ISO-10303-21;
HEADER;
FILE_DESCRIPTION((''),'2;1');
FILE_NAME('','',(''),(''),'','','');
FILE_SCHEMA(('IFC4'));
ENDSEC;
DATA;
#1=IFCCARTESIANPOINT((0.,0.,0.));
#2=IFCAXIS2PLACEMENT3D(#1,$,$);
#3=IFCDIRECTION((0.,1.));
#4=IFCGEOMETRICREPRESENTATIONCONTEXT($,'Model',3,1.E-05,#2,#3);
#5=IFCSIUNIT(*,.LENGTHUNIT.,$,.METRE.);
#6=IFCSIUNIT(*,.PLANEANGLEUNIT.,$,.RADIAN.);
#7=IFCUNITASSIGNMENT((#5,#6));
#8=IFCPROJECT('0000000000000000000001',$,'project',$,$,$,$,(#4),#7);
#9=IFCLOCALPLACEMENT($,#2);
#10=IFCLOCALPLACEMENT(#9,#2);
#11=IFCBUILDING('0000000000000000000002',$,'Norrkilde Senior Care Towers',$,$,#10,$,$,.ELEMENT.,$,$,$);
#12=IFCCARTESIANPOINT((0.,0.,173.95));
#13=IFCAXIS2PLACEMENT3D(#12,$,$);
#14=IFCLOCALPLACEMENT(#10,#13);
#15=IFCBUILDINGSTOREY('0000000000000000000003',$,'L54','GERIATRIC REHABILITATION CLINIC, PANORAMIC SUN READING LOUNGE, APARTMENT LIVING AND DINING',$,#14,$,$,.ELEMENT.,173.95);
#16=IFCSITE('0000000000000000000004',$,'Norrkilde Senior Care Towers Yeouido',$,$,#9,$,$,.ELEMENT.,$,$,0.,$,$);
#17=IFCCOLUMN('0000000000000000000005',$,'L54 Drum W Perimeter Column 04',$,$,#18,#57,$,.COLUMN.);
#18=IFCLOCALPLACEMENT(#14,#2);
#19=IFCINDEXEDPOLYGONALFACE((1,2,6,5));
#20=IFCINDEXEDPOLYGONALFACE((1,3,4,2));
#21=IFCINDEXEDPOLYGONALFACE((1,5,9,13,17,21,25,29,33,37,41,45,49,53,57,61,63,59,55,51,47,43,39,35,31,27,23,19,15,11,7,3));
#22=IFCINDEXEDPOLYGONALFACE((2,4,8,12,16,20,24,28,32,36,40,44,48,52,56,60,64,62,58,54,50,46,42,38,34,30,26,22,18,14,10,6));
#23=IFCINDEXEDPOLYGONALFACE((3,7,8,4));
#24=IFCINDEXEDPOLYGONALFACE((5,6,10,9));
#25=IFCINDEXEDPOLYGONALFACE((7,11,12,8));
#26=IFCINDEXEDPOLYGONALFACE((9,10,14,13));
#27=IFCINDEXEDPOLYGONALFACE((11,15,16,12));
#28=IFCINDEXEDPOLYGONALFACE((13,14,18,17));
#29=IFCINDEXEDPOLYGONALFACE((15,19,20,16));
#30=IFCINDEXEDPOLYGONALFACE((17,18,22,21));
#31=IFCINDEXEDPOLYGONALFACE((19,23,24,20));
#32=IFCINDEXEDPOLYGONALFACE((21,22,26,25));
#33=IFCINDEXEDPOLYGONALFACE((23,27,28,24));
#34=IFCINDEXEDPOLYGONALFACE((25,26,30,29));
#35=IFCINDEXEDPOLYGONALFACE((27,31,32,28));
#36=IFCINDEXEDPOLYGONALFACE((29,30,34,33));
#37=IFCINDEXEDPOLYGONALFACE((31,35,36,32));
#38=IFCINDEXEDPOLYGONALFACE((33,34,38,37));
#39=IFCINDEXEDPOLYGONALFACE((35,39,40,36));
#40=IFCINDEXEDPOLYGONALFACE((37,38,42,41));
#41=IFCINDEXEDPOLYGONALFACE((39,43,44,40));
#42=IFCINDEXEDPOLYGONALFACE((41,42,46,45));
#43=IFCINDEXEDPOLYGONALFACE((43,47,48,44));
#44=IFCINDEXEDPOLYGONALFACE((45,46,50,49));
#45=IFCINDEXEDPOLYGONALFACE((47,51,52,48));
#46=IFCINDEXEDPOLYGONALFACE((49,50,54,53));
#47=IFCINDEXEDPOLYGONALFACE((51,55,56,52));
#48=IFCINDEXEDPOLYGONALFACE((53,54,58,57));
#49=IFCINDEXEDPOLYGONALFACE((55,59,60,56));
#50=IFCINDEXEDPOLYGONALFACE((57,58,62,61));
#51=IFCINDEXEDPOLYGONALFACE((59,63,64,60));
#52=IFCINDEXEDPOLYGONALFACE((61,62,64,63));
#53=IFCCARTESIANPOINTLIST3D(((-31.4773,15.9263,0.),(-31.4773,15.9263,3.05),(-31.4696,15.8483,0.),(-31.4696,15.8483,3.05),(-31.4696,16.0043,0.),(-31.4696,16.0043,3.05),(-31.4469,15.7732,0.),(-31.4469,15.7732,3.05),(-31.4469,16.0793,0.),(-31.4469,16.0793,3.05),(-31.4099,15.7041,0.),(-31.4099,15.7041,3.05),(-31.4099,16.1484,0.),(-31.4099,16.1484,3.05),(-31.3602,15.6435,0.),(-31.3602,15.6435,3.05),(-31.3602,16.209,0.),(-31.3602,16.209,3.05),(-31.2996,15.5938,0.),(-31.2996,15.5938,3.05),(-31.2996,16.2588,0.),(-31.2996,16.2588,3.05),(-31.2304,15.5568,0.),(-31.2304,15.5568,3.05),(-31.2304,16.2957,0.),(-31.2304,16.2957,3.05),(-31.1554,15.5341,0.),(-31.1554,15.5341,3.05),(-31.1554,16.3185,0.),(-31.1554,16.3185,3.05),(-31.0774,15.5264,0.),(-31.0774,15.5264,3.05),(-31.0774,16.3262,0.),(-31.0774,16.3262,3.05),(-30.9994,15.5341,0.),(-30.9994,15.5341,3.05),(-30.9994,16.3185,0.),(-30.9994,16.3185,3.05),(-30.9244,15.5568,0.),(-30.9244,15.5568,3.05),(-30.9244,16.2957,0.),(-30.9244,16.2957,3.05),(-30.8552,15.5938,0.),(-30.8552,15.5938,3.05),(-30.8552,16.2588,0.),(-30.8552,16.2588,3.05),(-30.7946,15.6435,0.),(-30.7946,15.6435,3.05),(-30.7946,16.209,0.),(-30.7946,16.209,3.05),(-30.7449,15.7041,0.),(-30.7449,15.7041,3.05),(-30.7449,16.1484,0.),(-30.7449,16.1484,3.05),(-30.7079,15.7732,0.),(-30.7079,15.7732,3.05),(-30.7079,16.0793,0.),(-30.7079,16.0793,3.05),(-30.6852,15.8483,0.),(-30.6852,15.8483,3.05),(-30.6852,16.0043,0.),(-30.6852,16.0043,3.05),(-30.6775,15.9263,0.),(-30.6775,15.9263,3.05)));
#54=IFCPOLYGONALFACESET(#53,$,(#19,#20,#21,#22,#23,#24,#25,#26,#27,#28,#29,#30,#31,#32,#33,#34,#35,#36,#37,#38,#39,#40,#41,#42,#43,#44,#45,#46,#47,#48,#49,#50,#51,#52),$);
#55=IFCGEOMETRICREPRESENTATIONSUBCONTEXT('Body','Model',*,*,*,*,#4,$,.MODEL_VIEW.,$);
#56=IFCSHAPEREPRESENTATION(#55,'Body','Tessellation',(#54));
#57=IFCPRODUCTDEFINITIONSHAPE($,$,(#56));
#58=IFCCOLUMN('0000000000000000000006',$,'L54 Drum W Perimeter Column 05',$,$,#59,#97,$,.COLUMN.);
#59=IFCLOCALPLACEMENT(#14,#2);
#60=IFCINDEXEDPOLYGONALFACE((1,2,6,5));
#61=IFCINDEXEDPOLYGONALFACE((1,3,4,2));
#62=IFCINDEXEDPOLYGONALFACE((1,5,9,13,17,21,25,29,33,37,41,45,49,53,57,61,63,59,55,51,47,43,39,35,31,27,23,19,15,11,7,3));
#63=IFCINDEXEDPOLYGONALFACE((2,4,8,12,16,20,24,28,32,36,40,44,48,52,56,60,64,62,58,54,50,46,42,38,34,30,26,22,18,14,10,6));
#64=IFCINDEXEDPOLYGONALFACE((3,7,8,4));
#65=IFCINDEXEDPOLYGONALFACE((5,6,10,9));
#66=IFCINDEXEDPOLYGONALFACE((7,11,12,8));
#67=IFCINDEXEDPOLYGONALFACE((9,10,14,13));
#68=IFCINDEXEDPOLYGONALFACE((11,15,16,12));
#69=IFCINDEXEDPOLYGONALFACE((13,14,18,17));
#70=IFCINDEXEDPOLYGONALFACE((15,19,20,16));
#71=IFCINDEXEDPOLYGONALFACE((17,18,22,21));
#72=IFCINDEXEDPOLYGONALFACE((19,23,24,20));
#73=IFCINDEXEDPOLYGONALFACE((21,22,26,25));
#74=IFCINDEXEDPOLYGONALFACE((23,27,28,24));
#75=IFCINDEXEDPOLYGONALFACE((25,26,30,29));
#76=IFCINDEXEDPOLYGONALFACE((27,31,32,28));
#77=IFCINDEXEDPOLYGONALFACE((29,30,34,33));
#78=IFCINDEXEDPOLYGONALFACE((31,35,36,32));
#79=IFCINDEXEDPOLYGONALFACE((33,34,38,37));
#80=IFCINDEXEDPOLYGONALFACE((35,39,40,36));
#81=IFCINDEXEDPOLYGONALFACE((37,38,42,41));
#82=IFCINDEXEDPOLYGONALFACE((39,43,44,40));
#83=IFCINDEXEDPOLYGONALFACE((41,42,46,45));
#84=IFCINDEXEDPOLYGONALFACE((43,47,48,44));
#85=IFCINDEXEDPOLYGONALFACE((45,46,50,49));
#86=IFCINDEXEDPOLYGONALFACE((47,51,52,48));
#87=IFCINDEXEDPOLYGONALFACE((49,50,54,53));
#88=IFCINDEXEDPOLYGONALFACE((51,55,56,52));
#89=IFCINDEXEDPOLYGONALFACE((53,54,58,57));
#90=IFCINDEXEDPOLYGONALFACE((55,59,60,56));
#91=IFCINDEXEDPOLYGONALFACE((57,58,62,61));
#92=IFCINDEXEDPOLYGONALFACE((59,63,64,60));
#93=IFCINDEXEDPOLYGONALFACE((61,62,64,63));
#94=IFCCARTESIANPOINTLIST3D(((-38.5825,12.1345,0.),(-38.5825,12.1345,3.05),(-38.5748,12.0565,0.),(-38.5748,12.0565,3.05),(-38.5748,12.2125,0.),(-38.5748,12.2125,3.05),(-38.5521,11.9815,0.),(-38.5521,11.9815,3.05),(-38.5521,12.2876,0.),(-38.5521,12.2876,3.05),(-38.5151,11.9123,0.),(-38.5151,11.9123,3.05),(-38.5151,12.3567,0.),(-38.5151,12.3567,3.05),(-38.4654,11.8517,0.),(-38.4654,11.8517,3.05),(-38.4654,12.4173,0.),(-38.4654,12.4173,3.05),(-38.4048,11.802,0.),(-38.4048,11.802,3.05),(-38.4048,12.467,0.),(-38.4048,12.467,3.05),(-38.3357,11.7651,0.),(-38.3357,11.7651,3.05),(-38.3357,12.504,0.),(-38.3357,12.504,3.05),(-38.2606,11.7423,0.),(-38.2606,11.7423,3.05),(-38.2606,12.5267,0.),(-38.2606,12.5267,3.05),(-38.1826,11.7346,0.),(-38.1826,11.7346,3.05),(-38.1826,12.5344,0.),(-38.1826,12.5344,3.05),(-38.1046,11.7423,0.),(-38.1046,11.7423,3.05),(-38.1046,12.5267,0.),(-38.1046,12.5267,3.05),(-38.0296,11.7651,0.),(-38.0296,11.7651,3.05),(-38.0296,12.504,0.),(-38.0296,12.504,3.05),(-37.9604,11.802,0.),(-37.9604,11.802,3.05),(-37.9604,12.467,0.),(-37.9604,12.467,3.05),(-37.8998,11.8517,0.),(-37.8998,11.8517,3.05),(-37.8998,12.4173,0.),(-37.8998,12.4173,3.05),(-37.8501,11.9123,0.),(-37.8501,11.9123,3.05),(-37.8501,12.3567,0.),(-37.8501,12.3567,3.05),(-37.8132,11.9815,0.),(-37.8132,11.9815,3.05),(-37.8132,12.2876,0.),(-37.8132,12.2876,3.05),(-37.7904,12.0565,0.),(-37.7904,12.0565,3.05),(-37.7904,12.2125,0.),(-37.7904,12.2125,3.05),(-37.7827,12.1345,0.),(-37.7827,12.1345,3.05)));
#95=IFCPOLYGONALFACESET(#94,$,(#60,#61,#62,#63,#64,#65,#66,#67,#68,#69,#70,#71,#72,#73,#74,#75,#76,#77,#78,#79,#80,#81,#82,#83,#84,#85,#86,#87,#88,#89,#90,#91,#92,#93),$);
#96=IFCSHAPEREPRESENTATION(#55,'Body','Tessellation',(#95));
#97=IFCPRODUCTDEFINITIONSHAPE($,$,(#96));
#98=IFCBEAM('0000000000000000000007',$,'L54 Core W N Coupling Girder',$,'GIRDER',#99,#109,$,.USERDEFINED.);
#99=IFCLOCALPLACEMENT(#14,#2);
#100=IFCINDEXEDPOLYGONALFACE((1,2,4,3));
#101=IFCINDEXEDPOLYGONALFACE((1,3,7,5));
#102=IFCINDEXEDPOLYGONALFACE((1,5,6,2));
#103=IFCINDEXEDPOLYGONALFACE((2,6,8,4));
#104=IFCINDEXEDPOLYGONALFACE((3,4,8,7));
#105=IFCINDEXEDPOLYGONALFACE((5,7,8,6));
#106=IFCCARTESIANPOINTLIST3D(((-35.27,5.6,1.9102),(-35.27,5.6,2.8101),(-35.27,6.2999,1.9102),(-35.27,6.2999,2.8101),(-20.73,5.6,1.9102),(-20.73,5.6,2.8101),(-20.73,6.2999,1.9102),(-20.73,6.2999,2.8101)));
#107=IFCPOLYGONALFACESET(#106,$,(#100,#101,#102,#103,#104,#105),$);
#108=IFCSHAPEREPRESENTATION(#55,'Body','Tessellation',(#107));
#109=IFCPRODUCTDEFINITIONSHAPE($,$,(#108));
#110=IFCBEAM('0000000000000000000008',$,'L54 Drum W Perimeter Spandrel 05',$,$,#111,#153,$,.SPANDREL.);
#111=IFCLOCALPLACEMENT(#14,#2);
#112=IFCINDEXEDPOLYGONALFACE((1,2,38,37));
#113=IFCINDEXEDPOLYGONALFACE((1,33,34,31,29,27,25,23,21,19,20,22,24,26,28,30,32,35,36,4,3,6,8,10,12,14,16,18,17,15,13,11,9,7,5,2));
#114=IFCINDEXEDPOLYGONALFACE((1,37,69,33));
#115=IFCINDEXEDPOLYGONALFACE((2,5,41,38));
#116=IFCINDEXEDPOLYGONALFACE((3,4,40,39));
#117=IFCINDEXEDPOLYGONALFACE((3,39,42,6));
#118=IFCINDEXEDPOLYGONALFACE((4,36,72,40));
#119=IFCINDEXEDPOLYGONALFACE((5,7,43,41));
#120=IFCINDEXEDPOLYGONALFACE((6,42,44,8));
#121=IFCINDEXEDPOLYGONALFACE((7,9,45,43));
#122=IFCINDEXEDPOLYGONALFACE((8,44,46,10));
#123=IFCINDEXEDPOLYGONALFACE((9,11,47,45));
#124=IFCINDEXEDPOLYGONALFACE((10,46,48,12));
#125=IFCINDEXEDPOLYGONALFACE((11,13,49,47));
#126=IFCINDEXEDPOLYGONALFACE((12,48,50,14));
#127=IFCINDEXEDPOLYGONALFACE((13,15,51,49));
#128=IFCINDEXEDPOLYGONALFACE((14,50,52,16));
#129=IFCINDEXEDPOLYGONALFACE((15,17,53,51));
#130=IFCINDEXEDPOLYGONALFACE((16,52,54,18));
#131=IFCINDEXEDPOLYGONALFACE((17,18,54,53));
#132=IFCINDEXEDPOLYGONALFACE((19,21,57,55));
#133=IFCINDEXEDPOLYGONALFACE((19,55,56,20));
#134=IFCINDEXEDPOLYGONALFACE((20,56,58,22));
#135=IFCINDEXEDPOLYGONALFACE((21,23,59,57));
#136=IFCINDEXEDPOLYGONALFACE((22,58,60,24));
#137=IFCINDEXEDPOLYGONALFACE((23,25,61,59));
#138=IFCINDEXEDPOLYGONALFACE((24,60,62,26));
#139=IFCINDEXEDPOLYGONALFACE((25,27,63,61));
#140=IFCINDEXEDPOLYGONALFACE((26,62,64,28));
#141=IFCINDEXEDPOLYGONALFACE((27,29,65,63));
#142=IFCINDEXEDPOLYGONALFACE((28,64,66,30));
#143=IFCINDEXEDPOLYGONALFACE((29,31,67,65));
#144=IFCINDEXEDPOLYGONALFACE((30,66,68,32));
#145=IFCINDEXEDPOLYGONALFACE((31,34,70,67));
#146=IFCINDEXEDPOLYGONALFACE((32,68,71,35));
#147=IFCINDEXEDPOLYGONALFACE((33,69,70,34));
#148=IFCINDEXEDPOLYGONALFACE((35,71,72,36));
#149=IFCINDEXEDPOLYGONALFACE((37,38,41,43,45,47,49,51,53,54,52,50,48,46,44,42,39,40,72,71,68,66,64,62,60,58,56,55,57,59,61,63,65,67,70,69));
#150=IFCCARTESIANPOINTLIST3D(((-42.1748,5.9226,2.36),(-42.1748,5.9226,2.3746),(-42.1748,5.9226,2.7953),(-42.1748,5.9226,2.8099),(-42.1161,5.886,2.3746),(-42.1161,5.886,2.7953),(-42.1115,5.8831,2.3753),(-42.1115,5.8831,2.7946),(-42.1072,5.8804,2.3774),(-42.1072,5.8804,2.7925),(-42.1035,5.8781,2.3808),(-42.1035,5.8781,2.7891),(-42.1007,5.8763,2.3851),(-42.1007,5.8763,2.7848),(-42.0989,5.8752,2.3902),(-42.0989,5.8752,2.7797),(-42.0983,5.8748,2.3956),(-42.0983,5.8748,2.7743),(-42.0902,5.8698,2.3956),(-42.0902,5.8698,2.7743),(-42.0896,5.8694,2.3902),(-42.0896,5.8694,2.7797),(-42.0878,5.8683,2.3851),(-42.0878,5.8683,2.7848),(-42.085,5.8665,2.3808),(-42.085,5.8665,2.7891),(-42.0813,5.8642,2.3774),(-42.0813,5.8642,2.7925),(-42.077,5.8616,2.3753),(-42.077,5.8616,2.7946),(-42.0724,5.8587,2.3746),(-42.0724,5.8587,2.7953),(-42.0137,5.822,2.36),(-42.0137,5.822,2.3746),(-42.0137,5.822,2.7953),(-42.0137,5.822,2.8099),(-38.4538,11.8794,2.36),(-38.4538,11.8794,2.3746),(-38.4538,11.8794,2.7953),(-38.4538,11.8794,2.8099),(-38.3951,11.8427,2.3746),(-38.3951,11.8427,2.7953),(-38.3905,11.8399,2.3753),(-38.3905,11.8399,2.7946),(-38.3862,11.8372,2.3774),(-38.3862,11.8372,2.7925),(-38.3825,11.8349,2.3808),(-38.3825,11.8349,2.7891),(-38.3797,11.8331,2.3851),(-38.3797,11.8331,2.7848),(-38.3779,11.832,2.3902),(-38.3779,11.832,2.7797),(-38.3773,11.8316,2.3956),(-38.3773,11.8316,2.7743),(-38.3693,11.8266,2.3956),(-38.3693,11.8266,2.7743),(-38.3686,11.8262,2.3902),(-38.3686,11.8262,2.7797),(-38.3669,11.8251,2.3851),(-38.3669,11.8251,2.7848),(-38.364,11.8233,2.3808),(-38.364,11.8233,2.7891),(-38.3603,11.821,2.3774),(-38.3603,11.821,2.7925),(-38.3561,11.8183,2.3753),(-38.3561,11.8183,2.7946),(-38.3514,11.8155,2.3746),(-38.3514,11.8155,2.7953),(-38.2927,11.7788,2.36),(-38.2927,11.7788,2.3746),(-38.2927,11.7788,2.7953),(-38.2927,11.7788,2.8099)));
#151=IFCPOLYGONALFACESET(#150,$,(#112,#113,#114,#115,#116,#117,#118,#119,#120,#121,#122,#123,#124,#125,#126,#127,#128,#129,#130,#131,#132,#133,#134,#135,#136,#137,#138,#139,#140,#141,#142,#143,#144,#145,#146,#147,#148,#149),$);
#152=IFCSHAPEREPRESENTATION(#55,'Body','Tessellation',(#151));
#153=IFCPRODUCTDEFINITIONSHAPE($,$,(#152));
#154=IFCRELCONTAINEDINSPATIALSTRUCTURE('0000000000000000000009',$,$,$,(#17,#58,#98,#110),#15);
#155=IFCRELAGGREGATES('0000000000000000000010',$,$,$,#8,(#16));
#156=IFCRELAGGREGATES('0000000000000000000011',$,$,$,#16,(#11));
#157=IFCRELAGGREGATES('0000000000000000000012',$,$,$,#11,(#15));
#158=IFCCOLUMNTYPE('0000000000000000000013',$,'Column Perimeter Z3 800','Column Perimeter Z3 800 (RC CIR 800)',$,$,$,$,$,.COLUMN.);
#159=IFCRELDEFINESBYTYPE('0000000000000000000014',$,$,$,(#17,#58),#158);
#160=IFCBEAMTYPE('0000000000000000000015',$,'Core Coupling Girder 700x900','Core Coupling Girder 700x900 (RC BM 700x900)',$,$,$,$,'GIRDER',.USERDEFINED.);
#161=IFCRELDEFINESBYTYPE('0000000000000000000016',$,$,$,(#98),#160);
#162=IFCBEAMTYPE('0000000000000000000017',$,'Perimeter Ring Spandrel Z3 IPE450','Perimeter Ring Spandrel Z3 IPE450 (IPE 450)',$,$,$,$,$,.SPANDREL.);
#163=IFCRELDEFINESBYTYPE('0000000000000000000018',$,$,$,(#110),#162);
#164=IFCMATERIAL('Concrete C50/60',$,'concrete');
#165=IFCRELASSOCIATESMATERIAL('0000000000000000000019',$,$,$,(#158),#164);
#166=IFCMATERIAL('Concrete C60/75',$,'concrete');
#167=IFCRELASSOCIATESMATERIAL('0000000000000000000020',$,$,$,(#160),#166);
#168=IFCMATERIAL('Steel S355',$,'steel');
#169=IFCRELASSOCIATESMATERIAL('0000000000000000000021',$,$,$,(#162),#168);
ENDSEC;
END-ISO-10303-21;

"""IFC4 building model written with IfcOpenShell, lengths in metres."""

from ifc_helpers import new_model, si_unit, direction, frame, origin, origin_2d, place, context, subcontext, project, spatial, rectangle, circle, i_section, extrude, source, transform, mapped, material, material_profile, profile_set, type_object, type_shapes, element, save


model = new_model("IFC4")

# Units and contexts
model_context = context("Model", 3, precision=1e-05, world=origin(), true_north=direction((0.0, 1.0)))
body_context = subcontext(model_context, "Body", "Model", "MODEL_VIEW")
ifc_project = project(units=[si_unit("LENGTHUNIT", "METRE"), si_unit("PLANEANGLEUNIT", "RADIAN")], contexts=[model_context])

# Site, building, storey
site_placement = place(None, origin())
site = spatial("IfcSite", under=ifc_project, at=site_placement, Name="Norrkilde Senior Care Towers Yeouido", CompositionType="ELEMENT", RefElevation=0.0)
building_placement = place(site_placement, origin())
building = spatial("IfcBuilding", under=site, at=building_placement, Name="Norrkilde Senior Care Towers", CompositionType="ELEMENT")
storey_placement = place(building_placement, frame((0.0, 0.0, 173.95)))
storey = spatial("IfcBuildingStorey", under=building, at=storey_placement, Name="L54", Description="GERIATRIC REHABILITATION CLINIC, PANORAMIC SUN READING LOUNGE, APARTMENT LIVING AND DINING", CompositionType="ELEMENT", Elevation=173.95)

# Columns
ifc_material_1 = material(Name="Concrete C50/60", Category="concrete")
ifc_material_profile_1 = material_profile(ifc_material_1, circle(Radius=0.3999, at=origin_2d()), Name="RC CIR 800")
ifc_profile_set_1 = profile_set([ifc_material_profile_1], Name="Concrete C50/60")
column_type = type_object("IfcColumnType", Name="Column Perimeter Z3 800", Description="Column Perimeter Z3 800 (RC CIR 800)", PredefinedType="COLUMN", material=ifc_profile_set_1)
shared_shape_1 = source(origin(), body_context, "Body", "SweptSolid", [
    extrude(circle(Radius=0.3999, at=origin_2d()), origin(), (0.0, 0.0, 1.0), 3.05),
])
type_shapes(column_type, [shared_shape_1])
for number, where, z_axis, x_axis, name in (
    (1, (-31.0774, 15.9263, 0.0), (0.0, 0.0, 1.0), (1.0, 0.0, 0.0), "L54 Drum W Perimeter Column 04"),
    (2, (-38.1826, 12.1345, 0.0), (0.0, 0.0, 1.0), (1.0, 0.0, 0.0), "L54 Drum W Perimeter Column 05"),
):
    element("IfcColumn", number, at=place(storey_placement, frame(where, z_axis=z_axis, x_axis=x_axis)), inside=storey, type_object=column_type, Name=name, PredefinedType="COLUMN", context=body_context, shape_type="MappedRepresentation", body=[
        mapped(shared_shape_1, transform((0.0, 0.0, 0.0), x_axis=(1.0, 0.0, 0.0), y_axis=(0.0, 1.0, 0.0), z_axis=(0.0, 0.0, 1.0), scale=1.0)),
    ])

# Beams
ifc_material_2 = material(Name="Concrete C60/75", Category="concrete")
ifc_material_profile_2 = material_profile(ifc_material_2, rectangle(XDim=0.7, YDim=0.8999, at=origin_2d()), Name="RC BM 700x900")
ifc_profile_set_2 = profile_set([ifc_material_profile_2], Name="Concrete C60/75")
beam_type_1 = type_object("IfcBeamType", Name="Core Coupling Girder 700x900", Description="Core Coupling Girder 700x900 (RC BM 700x900)", ElementType="GIRDER", PredefinedType="USERDEFINED", material=ifc_profile_set_2)
shared_shape_2 = source(origin(), body_context, "Body", "SweptSolid", [
    extrude(rectangle(XDim=0.7, YDim=0.8999, at=origin_2d()), origin(), (0.0, 0.0, 1.0), 14.54),
])
type_shapes(beam_type_1, [shared_shape_2])
beam_1_placement = place(storey_placement, frame((-35.27, 5.95, 2.3601), z_axis=(1.0, 0.0, 0.0), x_axis=(0.0, 1.0, 0.0)))
element("IfcBeam", 3, at=beam_1_placement, inside=storey, type_object=beam_type_1, Name="L54 Core W N Coupling Girder", ObjectType="GIRDER", PredefinedType="USERDEFINED", context=body_context, shape_type="MappedRepresentation", body=[
    mapped(shared_shape_2, transform((0.0, 0.0, 0.0), x_axis=(1.0, 0.0, 0.0), y_axis=(0.0, 1.0, 0.0), z_axis=(0.0, 0.0, 1.0), scale=1.0)),
])
ifc_material_3 = material(Name="Steel S355", Category="steel")
ifc_material_profile_3 = material_profile(ifc_material_3, i_section(OverallWidth=0.1899, OverallDepth=0.45, WebThickness=0.0095, FlangeThickness=0.0146, FilletRadius=0.021, at=origin_2d()), Name="IPE 450")
ifc_profile_set_3 = profile_set([ifc_material_profile_3], Name="Steel S355")
beam_type_2 = type_object("IfcBeamType", Name="Perimeter Ring Spandrel Z3 IPE450", Description="Perimeter Ring Spandrel Z3 IPE450 (IPE 450)", PredefinedType="SPANDREL", material=ifc_profile_set_3)
shared_shape_3 = source(origin(), body_context, "Body", "SweptSolid", [
    extrude(i_section(OverallWidth=0.1899, OverallDepth=0.45, WebThickness=0.0095, FlangeThickness=0.0146, FilletRadius=0.021, at=origin_2d()), origin(), (0.0, 0.0, 1.0), 7.0234),
])
beam_2_placement = place(storey_placement, frame((-38.3733, 11.8291, 2.585), z_axis=(-0.52979, -0.848129, 0.0), x_axis=(0.848129, -0.52979, 0.0)))
element("IfcBeam", 4, at=beam_2_placement, inside=storey, type_object=beam_type_2, Name="L54 Drum W Perimeter Spandrel 05", PredefinedType="SPANDREL", context=body_context, shape_type="MappedRepresentation", body=[
    mapped(shared_shape_3, transform((0.0, 0.0, 0.0), x_axis=(1.0, 0.0, 0.0), y_axis=(0.0, 1.0, 0.0), z_axis=(0.0, 0.0, 1.0), scale=1.0)),
])

save(model, "model.ifc")
